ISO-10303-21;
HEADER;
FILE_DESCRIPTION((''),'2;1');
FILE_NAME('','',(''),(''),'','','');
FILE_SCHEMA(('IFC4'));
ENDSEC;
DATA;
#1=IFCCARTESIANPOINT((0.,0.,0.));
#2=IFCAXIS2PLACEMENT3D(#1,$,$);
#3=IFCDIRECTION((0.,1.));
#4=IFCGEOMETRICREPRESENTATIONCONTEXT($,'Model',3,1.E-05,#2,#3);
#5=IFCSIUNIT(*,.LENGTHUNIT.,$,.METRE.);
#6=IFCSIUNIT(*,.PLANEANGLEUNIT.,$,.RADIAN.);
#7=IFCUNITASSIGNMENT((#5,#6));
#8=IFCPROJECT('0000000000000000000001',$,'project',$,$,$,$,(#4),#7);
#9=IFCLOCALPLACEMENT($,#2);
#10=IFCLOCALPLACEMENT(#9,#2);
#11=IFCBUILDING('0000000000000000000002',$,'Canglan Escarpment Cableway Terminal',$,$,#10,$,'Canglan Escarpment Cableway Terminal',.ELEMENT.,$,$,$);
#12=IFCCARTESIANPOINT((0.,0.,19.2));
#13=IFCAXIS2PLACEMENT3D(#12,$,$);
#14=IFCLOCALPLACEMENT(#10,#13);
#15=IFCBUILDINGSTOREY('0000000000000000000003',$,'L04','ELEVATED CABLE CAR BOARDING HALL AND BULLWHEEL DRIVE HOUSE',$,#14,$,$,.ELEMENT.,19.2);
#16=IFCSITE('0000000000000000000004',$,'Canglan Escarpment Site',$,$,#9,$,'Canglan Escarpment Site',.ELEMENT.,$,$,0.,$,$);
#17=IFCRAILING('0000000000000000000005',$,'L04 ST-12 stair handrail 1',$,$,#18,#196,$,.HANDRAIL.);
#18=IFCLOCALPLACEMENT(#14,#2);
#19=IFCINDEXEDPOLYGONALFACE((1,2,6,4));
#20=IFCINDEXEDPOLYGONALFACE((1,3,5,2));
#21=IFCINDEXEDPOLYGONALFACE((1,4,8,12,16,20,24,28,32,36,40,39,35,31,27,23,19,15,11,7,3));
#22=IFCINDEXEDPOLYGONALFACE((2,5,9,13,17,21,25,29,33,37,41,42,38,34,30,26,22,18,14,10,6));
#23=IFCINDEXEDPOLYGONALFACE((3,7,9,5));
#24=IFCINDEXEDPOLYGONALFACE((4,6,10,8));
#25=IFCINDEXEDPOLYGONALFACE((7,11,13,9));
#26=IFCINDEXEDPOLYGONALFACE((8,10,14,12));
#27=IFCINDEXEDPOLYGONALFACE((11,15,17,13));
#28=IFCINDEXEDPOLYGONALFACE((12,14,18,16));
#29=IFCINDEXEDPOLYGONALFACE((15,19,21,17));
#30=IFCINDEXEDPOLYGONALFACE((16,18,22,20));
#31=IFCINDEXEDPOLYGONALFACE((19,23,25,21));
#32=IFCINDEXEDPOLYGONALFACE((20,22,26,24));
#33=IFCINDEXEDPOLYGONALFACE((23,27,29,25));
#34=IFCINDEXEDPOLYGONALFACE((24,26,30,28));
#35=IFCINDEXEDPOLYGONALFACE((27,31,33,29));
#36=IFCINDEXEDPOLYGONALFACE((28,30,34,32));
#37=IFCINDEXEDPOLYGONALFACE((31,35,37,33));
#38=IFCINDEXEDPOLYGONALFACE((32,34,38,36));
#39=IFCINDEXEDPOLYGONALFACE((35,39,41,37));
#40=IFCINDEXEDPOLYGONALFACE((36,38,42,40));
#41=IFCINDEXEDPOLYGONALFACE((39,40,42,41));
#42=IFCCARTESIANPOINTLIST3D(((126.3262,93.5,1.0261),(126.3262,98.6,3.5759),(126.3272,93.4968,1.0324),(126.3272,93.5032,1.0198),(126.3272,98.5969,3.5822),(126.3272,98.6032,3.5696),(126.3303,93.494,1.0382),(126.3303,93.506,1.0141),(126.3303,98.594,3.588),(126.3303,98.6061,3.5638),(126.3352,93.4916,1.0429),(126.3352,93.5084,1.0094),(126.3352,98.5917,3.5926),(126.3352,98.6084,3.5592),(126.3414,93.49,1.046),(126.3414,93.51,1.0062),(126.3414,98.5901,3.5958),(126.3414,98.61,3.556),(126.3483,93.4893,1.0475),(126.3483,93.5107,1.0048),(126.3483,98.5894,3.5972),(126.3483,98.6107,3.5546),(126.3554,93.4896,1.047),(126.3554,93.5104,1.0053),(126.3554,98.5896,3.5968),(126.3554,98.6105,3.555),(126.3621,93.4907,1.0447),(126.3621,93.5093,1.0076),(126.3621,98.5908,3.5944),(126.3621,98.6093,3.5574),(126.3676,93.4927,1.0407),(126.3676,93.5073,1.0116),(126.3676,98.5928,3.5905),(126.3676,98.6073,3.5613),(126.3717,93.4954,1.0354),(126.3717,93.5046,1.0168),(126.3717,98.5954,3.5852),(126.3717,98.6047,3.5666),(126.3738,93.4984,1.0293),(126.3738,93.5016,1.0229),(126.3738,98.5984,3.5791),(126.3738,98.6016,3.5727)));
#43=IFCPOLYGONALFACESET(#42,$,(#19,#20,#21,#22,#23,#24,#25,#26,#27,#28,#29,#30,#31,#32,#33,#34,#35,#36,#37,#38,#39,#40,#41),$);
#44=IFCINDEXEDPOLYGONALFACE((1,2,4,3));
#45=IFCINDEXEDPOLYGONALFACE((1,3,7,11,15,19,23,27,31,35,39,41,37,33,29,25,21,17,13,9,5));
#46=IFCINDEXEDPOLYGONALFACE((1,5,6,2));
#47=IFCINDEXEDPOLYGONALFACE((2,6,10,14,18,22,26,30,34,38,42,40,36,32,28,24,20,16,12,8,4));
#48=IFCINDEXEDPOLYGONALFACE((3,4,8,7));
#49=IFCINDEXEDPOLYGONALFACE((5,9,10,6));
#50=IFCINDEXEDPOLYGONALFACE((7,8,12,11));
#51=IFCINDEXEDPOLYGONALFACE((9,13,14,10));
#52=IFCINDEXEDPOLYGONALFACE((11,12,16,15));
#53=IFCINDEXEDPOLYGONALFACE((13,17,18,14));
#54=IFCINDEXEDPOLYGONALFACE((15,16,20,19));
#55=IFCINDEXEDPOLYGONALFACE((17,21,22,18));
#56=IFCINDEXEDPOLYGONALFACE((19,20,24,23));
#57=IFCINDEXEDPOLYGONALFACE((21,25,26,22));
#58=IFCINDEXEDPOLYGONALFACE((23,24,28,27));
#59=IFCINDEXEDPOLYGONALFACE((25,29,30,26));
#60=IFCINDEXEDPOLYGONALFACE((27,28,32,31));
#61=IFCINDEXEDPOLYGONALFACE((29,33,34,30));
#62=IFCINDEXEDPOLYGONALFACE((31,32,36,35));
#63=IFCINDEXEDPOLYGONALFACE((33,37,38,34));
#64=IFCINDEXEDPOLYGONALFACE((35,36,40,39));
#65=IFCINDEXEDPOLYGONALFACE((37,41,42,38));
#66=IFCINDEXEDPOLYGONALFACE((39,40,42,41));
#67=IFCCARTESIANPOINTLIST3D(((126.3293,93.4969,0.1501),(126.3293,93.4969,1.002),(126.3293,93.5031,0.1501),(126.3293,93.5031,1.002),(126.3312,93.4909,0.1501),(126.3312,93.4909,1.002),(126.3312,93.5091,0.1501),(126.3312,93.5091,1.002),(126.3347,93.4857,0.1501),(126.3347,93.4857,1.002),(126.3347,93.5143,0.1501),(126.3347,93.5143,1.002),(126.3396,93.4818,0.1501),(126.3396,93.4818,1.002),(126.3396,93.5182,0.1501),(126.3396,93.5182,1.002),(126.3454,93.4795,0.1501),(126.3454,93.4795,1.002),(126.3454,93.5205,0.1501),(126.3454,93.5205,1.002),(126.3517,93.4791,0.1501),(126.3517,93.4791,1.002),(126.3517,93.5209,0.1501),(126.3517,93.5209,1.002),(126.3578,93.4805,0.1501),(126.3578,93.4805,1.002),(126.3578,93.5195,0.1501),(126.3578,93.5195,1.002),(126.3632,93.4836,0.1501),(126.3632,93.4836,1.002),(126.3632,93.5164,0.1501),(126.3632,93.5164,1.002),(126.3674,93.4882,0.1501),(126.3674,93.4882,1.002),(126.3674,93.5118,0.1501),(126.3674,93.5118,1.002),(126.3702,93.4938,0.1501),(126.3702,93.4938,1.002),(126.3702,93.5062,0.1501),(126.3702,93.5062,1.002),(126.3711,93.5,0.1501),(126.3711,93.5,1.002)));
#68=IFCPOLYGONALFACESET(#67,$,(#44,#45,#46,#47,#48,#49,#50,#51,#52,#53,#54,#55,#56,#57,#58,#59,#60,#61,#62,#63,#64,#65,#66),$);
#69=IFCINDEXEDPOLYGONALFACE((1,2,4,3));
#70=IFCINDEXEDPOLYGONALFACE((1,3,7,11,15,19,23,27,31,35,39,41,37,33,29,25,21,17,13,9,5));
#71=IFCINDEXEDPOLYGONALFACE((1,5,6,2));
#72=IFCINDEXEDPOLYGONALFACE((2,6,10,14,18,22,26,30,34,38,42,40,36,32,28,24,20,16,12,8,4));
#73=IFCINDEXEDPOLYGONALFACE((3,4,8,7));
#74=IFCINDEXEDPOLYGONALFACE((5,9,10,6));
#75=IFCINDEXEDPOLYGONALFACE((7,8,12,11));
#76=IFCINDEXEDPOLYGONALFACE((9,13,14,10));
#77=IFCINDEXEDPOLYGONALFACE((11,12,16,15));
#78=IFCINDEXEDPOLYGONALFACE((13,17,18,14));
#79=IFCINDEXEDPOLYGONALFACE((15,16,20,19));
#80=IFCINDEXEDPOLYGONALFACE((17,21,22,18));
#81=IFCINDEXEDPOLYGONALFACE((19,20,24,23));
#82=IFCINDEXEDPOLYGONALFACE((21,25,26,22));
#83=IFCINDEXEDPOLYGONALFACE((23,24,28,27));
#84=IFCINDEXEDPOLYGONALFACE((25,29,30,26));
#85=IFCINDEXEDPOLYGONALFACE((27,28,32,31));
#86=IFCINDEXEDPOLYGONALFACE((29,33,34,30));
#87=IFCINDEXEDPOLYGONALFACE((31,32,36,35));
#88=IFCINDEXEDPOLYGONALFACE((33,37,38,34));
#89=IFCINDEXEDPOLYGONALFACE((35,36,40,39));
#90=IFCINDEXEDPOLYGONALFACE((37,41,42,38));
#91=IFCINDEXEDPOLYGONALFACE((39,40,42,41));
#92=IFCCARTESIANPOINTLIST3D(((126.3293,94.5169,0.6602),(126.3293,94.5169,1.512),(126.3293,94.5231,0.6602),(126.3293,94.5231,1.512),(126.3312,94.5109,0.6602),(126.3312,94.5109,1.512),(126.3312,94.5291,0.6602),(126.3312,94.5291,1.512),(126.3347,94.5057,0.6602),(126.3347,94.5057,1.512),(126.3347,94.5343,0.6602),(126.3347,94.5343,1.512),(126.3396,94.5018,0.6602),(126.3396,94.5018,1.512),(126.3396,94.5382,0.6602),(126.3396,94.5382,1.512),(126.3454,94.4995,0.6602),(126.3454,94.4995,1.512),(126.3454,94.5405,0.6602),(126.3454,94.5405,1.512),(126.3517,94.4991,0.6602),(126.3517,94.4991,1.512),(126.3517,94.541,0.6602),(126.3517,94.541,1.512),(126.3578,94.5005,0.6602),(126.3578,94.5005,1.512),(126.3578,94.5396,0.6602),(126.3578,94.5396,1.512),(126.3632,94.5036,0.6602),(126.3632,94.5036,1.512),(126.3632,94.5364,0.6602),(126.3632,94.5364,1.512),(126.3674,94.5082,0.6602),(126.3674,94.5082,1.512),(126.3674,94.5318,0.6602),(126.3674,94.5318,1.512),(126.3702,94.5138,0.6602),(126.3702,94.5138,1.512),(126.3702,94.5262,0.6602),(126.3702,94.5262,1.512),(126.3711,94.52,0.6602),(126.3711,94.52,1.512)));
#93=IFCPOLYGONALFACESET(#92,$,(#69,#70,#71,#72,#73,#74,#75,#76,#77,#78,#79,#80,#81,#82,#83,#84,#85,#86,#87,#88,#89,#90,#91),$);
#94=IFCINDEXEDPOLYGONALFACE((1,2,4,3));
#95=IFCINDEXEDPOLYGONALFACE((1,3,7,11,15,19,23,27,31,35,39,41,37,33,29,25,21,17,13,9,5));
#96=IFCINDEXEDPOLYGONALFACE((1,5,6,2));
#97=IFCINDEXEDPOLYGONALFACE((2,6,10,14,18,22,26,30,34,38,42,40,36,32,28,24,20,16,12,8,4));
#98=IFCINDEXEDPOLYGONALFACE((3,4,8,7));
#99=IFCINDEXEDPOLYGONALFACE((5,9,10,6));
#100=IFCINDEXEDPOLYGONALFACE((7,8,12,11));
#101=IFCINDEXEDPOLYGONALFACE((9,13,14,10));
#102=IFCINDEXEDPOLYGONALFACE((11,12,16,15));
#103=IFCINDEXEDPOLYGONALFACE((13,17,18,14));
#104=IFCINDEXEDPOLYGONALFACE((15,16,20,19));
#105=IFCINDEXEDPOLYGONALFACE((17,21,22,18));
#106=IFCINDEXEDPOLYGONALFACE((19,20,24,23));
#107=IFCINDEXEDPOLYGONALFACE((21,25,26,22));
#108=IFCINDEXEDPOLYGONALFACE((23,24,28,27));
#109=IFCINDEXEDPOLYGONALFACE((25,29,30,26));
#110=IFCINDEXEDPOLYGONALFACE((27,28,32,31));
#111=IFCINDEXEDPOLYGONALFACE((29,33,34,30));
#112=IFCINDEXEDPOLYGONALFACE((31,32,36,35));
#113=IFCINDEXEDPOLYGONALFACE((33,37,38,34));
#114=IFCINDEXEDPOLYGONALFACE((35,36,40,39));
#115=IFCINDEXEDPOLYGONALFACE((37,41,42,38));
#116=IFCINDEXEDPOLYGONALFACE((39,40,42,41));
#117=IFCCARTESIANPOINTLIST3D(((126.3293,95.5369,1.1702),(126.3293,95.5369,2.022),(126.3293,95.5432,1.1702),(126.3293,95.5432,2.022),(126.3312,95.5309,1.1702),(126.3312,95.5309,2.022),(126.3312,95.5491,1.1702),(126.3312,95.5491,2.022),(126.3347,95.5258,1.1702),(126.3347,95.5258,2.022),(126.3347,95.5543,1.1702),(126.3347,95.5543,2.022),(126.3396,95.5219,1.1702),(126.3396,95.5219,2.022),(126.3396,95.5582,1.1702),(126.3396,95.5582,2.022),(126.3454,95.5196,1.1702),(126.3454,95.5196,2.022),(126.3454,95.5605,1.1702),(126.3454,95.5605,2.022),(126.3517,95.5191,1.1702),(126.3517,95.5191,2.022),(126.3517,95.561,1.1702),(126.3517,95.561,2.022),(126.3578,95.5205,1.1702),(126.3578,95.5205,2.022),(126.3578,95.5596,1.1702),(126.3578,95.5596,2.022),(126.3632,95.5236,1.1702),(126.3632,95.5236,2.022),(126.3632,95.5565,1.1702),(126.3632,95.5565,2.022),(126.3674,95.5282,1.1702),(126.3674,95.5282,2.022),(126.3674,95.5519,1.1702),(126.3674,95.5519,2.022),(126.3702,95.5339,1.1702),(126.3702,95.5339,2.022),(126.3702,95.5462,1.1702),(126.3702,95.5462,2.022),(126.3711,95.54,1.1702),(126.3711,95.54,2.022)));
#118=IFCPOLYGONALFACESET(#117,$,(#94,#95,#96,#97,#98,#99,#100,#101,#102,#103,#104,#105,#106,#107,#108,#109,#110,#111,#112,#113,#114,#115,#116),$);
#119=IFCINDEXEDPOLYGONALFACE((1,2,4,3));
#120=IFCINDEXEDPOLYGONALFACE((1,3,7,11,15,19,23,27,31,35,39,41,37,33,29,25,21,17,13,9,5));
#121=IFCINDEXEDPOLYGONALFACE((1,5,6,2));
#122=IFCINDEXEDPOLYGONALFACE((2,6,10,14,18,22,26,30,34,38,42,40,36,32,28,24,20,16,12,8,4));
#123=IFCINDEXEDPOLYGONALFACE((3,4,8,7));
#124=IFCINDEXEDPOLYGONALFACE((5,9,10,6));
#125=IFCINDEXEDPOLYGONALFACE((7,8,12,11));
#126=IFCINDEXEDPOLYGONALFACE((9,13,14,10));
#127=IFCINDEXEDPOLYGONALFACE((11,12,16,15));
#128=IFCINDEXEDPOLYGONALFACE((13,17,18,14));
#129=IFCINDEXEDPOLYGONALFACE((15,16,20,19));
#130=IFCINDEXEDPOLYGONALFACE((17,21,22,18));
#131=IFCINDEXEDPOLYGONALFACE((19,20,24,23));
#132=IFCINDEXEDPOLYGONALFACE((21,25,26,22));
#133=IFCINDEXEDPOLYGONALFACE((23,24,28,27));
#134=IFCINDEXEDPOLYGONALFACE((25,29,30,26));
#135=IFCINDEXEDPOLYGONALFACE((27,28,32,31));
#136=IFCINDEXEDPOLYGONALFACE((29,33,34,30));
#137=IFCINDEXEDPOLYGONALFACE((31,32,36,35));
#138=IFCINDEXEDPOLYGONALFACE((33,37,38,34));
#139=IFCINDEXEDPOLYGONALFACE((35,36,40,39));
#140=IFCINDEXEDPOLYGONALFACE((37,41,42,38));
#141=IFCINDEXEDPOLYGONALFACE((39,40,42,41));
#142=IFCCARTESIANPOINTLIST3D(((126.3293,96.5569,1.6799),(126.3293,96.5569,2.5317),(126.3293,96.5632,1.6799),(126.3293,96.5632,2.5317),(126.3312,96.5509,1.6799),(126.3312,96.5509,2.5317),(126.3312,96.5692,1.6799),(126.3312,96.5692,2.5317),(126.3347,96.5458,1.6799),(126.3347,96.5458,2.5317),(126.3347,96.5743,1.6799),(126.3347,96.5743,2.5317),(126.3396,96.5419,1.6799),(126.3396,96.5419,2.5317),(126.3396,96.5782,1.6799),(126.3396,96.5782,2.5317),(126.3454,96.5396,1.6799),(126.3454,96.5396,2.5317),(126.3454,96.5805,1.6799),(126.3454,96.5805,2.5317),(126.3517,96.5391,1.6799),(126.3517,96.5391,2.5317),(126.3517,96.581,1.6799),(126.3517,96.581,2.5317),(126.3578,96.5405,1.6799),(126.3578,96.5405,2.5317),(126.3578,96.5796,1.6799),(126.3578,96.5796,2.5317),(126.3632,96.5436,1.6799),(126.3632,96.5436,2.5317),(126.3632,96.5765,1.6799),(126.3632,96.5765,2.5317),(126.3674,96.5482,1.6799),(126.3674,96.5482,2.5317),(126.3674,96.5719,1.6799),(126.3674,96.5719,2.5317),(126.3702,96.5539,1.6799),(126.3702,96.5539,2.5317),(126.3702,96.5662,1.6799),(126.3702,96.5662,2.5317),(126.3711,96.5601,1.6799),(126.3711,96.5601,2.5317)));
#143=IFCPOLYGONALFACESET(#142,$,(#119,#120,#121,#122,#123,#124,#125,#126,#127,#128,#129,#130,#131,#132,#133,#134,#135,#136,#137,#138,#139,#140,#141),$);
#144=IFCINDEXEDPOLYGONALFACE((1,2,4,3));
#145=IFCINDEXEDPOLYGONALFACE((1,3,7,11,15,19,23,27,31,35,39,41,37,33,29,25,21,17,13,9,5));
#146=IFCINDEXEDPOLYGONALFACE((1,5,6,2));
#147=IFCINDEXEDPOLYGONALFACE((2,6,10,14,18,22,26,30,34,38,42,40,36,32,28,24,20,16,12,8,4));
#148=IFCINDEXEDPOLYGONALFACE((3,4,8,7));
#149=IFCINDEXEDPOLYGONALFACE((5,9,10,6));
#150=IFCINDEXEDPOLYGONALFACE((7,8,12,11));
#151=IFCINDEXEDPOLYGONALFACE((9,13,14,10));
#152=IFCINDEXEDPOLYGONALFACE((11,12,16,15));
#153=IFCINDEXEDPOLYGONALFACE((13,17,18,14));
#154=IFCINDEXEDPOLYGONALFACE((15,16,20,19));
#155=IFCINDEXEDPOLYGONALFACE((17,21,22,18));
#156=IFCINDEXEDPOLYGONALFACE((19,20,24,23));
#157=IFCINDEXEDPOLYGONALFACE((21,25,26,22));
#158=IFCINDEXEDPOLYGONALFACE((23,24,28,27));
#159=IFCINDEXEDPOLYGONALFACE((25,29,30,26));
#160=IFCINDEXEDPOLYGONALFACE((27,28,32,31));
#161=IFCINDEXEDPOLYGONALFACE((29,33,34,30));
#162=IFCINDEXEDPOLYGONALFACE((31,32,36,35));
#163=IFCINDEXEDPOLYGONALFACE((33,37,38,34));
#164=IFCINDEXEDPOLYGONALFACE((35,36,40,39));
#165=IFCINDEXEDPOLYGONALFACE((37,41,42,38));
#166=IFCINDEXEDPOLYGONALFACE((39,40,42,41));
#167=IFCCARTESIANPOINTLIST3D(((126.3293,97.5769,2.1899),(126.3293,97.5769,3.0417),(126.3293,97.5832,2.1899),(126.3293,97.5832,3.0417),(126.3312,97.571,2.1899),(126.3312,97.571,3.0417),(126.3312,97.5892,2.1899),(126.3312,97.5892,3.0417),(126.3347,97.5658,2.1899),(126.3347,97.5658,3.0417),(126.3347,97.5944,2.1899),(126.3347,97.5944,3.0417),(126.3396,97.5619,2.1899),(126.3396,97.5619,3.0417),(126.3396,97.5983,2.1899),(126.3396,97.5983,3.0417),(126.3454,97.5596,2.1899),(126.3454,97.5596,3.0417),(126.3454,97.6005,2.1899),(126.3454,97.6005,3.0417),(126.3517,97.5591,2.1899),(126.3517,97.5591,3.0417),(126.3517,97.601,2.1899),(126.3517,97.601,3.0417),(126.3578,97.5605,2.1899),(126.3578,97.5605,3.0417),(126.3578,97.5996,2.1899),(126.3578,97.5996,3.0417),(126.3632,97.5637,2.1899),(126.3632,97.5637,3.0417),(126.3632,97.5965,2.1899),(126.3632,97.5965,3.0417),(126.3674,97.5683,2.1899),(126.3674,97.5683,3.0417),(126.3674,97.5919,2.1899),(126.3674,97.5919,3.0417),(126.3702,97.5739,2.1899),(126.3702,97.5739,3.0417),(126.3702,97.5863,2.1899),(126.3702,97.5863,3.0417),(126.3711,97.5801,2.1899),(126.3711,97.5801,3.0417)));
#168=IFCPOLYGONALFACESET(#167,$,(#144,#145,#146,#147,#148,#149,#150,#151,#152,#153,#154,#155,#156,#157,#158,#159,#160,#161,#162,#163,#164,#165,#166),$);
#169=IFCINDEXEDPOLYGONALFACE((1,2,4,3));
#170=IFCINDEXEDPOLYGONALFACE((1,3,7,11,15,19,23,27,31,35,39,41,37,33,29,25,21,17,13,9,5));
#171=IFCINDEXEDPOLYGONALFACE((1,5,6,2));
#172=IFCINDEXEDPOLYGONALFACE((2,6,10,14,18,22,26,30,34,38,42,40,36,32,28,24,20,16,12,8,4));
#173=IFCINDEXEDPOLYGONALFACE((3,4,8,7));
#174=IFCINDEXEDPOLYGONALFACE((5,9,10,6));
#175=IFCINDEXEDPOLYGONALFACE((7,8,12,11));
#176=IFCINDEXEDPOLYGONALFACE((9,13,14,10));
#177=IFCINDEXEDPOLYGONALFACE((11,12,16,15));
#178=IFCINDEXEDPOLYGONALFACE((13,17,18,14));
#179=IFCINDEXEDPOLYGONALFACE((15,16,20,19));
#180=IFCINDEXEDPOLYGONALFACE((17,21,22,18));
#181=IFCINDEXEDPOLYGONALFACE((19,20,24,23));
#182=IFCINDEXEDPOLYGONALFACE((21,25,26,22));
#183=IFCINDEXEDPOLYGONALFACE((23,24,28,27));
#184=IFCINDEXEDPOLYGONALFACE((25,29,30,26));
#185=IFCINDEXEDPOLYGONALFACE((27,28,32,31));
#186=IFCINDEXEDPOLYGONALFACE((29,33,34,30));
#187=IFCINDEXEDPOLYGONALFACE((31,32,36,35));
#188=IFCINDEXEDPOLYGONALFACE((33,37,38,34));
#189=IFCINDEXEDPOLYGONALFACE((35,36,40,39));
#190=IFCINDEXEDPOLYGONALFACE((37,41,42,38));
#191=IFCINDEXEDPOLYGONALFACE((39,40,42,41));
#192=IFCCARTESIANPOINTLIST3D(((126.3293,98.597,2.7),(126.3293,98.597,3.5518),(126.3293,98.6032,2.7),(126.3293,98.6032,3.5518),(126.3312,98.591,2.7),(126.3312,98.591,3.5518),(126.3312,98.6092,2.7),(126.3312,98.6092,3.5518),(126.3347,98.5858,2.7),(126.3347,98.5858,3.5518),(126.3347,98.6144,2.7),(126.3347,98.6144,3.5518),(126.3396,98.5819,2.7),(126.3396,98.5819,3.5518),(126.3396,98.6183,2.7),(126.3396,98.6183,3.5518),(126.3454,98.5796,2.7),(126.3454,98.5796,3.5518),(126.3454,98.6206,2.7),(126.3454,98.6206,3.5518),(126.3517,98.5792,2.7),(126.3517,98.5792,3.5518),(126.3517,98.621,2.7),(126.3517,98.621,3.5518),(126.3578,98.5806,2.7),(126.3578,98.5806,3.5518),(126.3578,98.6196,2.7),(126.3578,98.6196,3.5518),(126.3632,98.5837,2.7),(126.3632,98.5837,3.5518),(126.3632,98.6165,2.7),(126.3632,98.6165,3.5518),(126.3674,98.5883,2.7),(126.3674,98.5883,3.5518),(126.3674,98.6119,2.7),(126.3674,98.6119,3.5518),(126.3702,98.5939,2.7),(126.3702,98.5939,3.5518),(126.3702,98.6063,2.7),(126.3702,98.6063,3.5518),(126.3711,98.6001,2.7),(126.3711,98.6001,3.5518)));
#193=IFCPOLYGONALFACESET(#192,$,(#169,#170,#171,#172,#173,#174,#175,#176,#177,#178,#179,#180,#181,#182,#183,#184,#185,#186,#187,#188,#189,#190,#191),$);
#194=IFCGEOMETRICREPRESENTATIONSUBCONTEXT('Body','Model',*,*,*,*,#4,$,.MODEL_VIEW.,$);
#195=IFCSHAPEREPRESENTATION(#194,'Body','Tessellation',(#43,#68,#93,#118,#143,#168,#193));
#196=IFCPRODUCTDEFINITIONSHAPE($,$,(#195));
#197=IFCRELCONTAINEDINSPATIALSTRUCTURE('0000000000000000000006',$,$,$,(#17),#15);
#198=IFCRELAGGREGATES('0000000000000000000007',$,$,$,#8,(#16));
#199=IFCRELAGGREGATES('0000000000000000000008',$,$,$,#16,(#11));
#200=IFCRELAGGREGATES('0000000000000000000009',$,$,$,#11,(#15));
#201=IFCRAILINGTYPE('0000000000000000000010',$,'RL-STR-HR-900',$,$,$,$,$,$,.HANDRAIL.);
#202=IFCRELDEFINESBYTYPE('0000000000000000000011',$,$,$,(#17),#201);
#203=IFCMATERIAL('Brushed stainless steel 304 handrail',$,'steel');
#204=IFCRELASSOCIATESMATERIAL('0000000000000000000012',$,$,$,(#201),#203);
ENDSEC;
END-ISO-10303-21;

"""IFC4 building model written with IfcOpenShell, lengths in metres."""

from ifc_helpers import new_model, si_unit, direction, frame, origin, origin_2d, place, context, subcontext, project, spatial, circle, extrude, material, type_object, element, save


model = new_model("IFC4")

# Units and contexts
model_context = context("Model", 3, precision=1e-05, world=origin(), true_north=direction((0.0, 1.0)))
body_context = subcontext(model_context, "Body", "Model", "MODEL_VIEW")
ifc_project = project(units=[si_unit("LENGTHUNIT", "METRE"), si_unit("PLANEANGLEUNIT", "RADIAN")], contexts=[model_context])

# Site, building, storey
site_placement = place(None, origin())
site = spatial("IfcSite", under=ifc_project, at=site_placement, Name="Canglan Escarpment Site", LongName="Canglan Escarpment Site", CompositionType="ELEMENT", RefElevation=0.0)
building_placement = place(site_placement, origin())
building = spatial("IfcBuilding", under=site, at=building_placement, Name="Canglan Escarpment Cableway Terminal", LongName="Canglan Escarpment Cableway Terminal", CompositionType="ELEMENT")
storey_placement = place(building_placement, frame((0.0, 0.0, 19.2)))
storey = spatial("IfcBuildingStorey", under=building, at=storey_placement, Name="L04", Description="ELEVATED CABLE CAR BOARDING HALL AND BULLWHEEL DRIVE HOUSE", CompositionType="ELEMENT", Elevation=19.2)

# Railing
ifc_material_1 = material(Name="Brushed stainless steel 304 handrail", Category="steel")
railing_type_1 = type_object("IfcRailingType", Name="RL-STR-HR-900", PredefinedType="HANDRAIL", material=ifc_material_1)
railing_1_placement = place(storey_placement, frame((126.3501, 93.5, 0.1501)))
element("IfcRailing", 1, at=railing_1_placement, inside=storey, type_object=railing_type_1, Name="L04 ST-12 stair handrail 1", PredefinedType="HANDRAIL", context=body_context, shape_type="SweptSolid", body=[
    extrude(circle(Radius=0.0239, at=origin_2d()), frame((0.0, 0.0, 0.876), z_axis=(0.0, 0.894444, 0.447179), x_axis=(-1.0, 0.0, 0.0)), (0.0, 0.0, 1.0), 5.7019),
    extrude(circle(Radius=0.021, at=origin_2d()), origin(), (0.0, 0.0, 1.0), 0.8518),
    extrude(circle(Radius=0.021, at=origin_2d()), frame((0.0, 1.02, 0.51)), (0.0, 0.0, 1.0), 0.8518),
    extrude(circle(Radius=0.021, at=origin_2d()), frame((0.0, 2.04, 1.02)), (0.0, 0.0, 1.0), 0.8518),
    extrude(circle(Radius=0.021, at=origin_2d()), frame((0.0, 3.0601, 1.5298)), (0.0, 0.0, 1.0), 0.8518),
    extrude(circle(Radius=0.021, at=origin_2d()), frame((0.0, 4.0801, 2.0398)), (0.0, 0.0, 1.0), 0.8518),
    extrude(circle(Radius=0.021, at=origin_2d()), frame((0.0, 5.1001, 2.5498)), (0.0, 0.0, 1.0), 0.8518),
])

save(model, "model.ifc")
